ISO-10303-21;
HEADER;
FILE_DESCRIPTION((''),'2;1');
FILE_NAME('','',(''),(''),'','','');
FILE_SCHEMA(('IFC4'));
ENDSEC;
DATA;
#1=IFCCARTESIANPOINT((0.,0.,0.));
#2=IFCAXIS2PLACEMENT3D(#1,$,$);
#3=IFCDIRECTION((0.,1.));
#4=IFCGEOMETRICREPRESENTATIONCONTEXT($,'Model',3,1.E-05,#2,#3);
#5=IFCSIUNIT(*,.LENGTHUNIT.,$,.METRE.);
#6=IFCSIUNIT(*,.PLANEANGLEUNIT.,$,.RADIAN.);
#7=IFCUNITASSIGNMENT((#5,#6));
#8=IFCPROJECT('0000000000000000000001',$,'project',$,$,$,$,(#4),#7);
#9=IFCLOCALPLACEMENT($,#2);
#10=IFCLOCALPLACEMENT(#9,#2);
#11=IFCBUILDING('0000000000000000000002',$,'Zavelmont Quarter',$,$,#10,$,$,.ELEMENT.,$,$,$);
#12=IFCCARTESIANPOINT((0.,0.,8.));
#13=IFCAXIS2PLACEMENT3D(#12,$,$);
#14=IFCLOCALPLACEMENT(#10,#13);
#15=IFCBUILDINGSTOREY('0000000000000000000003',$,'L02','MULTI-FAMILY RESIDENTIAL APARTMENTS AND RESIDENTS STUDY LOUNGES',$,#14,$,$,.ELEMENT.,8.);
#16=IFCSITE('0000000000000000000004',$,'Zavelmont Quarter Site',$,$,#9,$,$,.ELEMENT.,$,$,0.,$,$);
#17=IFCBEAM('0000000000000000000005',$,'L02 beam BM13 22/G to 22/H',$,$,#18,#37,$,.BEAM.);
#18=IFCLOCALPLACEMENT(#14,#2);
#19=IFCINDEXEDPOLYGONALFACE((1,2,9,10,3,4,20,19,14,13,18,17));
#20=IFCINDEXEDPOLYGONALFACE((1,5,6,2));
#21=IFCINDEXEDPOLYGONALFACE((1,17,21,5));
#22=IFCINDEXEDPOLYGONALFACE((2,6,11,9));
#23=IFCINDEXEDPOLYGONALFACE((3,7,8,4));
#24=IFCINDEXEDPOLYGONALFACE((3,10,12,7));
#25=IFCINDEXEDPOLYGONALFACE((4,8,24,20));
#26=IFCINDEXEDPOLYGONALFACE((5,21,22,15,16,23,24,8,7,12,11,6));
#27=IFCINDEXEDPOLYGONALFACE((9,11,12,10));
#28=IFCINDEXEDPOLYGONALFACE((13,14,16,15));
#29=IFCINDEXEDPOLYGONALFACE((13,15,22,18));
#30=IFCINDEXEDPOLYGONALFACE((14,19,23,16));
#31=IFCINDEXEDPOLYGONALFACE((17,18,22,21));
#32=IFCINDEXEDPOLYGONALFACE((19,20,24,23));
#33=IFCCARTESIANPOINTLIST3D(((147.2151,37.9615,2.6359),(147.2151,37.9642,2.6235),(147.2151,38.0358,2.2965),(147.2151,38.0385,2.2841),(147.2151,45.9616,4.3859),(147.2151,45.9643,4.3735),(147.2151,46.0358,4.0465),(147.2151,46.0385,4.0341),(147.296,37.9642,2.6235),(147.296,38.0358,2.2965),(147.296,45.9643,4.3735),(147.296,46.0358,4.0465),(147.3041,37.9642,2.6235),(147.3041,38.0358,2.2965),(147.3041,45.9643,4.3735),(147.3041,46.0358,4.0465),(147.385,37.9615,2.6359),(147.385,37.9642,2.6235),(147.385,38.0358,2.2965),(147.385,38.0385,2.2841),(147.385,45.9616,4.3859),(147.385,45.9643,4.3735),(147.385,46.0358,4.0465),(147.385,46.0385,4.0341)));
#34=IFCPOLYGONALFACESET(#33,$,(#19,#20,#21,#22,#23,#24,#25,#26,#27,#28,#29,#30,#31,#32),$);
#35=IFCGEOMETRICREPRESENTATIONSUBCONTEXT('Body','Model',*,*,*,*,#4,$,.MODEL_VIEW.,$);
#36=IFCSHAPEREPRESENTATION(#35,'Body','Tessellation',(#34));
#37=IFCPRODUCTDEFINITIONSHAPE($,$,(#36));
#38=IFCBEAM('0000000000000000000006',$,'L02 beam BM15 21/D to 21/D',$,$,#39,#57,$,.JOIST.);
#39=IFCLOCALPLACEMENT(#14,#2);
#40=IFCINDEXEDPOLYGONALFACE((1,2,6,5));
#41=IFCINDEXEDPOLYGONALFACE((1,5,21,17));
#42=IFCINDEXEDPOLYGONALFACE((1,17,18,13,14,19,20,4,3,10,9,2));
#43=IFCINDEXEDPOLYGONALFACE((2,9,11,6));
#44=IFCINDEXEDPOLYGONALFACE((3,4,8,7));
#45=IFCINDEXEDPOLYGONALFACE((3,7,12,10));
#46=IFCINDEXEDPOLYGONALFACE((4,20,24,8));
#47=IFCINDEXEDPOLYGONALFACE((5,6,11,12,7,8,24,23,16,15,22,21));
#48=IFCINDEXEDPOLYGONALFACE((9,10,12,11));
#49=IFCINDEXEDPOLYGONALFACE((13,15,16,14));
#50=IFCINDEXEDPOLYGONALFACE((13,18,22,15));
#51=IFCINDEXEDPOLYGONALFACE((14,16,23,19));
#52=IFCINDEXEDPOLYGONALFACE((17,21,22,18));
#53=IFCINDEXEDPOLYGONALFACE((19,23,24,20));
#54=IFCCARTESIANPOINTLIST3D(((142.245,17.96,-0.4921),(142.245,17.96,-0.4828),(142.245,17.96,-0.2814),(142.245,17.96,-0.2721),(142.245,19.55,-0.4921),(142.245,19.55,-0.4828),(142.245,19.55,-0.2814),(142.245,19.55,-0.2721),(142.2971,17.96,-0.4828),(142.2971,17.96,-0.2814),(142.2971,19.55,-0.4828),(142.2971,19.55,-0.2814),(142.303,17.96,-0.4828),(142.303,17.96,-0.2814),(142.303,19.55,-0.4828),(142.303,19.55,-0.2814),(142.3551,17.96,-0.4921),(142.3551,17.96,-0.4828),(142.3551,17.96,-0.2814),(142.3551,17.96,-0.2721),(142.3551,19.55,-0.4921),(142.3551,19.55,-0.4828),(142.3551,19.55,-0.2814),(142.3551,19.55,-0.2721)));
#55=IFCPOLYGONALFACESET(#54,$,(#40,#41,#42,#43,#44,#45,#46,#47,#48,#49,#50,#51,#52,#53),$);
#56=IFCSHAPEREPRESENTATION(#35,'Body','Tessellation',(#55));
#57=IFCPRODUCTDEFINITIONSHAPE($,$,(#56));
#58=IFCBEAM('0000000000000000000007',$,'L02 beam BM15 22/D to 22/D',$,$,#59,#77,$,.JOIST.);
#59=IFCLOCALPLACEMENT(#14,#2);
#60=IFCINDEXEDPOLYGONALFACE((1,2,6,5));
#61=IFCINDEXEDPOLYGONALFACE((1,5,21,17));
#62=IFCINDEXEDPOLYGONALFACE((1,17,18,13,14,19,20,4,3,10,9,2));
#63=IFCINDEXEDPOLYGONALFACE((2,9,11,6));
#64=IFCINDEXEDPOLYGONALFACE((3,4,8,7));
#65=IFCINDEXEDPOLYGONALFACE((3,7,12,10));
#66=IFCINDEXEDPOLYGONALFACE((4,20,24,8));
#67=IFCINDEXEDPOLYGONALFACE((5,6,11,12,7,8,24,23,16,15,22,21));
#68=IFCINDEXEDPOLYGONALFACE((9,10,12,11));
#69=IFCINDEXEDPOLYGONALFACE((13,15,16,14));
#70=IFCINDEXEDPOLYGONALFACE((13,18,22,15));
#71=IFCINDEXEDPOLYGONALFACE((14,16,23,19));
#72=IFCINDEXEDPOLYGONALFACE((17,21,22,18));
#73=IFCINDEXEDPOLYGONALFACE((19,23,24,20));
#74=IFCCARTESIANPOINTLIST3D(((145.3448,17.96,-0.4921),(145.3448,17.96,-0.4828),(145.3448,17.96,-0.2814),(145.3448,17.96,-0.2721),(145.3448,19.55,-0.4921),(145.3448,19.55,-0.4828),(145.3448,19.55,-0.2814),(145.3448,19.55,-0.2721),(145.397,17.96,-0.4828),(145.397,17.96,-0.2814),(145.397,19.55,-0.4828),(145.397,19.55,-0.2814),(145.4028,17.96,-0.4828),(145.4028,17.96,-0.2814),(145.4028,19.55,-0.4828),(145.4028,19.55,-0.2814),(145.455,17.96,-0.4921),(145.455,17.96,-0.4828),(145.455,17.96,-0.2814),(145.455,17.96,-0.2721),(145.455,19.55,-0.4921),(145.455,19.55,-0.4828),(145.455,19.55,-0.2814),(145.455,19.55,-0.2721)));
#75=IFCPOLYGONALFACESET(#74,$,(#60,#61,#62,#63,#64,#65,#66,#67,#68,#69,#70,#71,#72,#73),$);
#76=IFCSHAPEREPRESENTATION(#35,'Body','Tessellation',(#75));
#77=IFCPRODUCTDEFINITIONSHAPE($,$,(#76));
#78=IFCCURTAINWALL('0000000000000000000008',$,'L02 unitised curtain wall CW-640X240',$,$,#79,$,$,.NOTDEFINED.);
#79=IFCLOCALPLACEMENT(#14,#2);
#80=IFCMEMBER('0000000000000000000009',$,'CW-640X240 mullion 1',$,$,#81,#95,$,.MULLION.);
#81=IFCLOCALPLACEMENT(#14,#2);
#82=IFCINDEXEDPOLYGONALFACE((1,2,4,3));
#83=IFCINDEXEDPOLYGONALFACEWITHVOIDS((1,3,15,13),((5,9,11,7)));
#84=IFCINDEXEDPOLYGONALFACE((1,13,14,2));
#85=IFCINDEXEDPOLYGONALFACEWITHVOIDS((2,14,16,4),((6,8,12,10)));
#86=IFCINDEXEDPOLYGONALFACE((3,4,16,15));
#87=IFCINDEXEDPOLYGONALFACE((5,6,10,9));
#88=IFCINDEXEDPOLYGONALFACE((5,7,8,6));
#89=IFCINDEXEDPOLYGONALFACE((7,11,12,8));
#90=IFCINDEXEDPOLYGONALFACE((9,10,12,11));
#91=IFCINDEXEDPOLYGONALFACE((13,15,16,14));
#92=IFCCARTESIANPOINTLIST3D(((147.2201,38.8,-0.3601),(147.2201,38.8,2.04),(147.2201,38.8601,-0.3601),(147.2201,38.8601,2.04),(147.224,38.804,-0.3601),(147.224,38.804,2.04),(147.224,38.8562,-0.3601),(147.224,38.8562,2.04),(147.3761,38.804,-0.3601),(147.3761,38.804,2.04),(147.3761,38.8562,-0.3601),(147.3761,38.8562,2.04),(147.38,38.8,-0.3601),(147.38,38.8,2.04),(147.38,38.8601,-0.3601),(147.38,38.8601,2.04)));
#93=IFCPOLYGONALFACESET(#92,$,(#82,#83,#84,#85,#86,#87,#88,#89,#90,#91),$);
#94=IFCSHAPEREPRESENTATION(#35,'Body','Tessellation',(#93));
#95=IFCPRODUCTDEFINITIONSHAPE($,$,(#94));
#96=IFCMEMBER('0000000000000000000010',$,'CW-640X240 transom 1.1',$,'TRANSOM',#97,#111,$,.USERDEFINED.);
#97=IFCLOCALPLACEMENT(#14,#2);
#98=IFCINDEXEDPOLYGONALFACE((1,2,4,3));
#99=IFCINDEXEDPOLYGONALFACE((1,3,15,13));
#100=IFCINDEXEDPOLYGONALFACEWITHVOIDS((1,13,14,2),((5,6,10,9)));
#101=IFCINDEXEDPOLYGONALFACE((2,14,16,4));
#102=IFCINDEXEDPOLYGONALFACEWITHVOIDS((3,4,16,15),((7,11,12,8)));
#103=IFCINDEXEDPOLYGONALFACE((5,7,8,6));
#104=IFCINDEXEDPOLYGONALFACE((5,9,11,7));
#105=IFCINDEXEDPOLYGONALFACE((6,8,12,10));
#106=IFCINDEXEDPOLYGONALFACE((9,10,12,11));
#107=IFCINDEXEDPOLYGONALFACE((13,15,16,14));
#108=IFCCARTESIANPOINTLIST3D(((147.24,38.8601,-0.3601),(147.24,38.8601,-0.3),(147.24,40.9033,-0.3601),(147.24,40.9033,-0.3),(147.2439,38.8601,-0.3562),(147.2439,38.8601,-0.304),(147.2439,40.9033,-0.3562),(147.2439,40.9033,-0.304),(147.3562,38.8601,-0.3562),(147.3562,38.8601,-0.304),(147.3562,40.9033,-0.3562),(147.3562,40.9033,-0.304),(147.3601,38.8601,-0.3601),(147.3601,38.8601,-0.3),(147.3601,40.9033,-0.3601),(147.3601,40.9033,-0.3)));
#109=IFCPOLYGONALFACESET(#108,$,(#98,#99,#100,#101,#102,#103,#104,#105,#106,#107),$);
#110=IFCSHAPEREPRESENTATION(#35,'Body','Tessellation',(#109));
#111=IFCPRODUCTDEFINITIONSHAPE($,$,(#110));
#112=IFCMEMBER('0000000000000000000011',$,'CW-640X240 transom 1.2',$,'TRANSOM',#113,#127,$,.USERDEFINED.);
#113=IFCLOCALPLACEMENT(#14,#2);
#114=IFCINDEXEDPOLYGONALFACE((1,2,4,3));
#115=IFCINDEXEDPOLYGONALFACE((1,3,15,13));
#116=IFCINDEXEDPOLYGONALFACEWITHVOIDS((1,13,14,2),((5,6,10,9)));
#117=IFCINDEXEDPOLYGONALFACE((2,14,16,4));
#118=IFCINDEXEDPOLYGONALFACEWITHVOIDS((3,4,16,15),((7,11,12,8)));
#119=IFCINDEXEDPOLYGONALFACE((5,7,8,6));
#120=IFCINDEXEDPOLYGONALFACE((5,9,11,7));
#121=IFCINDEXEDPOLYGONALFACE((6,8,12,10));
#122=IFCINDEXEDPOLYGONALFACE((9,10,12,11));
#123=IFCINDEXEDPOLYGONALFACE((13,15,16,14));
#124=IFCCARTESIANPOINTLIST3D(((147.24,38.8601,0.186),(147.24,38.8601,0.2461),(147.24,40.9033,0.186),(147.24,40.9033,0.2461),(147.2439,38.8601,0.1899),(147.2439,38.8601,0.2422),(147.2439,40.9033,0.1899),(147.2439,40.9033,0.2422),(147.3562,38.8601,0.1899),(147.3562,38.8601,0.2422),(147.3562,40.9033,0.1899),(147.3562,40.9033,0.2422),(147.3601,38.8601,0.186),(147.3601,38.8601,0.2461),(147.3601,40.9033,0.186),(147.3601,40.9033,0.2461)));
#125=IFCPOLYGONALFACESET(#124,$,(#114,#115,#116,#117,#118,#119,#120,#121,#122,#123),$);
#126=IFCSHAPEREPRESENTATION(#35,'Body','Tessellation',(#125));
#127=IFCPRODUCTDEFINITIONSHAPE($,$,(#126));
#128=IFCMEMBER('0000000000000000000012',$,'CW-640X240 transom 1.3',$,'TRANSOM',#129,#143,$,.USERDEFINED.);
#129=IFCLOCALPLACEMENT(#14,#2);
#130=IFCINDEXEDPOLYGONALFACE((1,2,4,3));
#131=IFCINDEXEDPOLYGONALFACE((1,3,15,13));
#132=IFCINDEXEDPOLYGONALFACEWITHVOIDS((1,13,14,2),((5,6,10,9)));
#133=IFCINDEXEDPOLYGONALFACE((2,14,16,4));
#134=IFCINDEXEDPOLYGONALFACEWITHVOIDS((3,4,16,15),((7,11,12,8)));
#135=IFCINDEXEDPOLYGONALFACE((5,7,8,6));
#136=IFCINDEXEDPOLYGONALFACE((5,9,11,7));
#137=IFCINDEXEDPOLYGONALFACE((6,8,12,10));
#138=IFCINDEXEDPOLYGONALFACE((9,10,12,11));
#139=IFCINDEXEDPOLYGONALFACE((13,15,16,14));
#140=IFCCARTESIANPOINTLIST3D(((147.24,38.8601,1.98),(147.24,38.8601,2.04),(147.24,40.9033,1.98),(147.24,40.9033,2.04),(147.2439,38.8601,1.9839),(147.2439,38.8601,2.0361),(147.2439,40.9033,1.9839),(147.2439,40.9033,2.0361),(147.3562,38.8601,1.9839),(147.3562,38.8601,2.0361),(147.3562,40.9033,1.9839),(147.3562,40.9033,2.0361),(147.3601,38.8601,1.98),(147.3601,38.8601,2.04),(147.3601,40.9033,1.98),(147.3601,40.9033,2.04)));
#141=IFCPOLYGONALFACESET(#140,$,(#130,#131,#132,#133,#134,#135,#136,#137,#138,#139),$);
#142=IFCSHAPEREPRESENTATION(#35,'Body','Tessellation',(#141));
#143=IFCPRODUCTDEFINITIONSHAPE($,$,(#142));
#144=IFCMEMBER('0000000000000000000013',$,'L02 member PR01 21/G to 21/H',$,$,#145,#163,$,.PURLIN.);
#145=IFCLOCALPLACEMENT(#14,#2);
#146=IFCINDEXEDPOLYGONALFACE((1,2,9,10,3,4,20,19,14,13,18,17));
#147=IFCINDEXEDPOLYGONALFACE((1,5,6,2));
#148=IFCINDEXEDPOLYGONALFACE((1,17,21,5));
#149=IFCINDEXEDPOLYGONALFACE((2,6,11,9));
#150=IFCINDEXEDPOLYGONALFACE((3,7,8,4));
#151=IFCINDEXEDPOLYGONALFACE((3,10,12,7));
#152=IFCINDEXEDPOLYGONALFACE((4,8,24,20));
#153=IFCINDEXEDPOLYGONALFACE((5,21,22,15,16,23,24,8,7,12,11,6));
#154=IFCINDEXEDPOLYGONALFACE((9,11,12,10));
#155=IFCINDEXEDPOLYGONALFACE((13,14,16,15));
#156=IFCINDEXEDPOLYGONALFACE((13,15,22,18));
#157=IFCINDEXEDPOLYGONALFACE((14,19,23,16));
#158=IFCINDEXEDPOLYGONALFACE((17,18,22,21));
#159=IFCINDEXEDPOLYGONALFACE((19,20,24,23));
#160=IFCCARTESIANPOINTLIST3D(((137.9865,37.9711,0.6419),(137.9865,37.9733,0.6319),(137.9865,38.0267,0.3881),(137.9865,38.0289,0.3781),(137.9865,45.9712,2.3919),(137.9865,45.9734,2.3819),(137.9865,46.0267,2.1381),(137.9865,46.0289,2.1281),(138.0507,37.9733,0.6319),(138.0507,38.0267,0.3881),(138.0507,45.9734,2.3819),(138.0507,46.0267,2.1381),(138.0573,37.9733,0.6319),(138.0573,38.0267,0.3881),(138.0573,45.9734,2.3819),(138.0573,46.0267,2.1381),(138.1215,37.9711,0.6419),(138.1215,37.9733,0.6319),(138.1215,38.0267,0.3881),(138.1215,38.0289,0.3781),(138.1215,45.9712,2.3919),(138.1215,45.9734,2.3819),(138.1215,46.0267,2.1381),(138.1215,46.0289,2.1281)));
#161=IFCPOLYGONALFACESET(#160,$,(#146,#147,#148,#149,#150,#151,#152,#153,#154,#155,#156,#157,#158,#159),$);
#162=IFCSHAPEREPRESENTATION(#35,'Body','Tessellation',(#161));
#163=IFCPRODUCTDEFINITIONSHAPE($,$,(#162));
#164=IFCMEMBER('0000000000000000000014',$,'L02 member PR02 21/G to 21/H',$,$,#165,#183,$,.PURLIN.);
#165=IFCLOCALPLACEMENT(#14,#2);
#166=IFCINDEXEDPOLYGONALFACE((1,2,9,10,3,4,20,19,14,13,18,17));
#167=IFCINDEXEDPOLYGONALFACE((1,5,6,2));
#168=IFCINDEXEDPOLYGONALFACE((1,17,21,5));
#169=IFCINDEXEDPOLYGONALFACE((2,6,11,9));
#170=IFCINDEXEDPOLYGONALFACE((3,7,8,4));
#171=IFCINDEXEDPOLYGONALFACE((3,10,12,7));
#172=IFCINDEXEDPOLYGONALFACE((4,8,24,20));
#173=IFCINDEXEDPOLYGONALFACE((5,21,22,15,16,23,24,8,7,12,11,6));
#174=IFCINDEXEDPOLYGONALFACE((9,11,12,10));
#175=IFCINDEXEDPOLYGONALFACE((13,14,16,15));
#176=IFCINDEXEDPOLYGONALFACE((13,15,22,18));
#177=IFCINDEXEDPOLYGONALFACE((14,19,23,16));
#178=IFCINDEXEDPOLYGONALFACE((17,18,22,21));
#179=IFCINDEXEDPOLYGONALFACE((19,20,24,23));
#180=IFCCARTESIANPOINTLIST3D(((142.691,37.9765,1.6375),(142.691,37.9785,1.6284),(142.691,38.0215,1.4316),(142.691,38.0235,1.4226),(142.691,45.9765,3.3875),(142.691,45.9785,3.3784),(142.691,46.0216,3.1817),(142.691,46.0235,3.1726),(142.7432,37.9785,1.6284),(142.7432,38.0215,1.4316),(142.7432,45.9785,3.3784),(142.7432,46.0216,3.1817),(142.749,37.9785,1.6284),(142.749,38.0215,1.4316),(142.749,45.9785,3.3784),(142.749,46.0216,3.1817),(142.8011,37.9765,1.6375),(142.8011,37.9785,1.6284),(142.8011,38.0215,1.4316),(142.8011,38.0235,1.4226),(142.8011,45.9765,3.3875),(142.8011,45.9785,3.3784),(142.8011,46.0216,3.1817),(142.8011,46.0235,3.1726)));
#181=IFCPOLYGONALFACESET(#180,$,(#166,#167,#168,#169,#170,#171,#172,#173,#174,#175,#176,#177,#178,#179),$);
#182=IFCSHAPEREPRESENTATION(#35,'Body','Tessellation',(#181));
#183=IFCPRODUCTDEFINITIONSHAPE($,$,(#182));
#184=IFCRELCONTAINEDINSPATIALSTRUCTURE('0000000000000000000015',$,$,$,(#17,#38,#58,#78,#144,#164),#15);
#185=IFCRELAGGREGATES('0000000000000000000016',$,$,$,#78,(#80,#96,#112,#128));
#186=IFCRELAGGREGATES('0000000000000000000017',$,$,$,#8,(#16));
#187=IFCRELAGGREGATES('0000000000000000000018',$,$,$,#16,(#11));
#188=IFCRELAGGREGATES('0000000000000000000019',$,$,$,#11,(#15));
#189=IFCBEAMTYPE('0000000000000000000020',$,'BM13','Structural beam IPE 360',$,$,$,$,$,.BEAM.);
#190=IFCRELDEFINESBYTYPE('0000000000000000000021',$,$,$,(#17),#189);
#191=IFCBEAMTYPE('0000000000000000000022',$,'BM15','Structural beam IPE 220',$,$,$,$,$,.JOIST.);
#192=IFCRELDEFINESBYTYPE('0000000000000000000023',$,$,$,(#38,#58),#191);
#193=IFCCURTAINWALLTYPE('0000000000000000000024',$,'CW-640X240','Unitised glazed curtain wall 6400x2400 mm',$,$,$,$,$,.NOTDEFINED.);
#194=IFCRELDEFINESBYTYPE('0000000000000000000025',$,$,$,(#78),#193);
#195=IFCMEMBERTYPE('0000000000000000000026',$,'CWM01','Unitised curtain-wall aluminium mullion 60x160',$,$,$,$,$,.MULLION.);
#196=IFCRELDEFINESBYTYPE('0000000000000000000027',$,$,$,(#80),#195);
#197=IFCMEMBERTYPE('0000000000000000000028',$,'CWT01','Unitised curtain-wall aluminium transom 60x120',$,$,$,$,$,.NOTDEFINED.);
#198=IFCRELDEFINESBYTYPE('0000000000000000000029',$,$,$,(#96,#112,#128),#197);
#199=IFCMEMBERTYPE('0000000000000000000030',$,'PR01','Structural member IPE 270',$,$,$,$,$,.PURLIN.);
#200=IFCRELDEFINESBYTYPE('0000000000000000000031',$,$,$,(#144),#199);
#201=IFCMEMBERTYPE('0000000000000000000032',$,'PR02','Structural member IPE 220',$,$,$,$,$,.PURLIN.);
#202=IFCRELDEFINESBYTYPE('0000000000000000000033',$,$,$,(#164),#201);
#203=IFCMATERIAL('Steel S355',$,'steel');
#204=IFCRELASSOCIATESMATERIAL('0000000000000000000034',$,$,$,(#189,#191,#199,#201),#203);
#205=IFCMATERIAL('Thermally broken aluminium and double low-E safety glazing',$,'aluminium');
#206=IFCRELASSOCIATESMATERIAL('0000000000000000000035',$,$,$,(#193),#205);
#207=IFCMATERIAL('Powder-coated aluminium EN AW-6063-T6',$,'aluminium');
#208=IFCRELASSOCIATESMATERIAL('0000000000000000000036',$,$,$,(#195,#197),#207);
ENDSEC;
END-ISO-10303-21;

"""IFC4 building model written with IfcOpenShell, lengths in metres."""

from ifc_helpers import new_model, si_unit, direction, frame, origin, origin_2d, place, context, subcontext, project, spatial, hollow_rectangle, i_section, extrude, material, material_profile, profile_set, type_object, element, aggregate, save


model = new_model("IFC4")

# Units and contexts
model_context = context("Model", 3, precision=1e-05, world=origin(), true_north=direction((0.0, 1.0)))
body_context = subcontext(model_context, "Body", "Model", "MODEL_VIEW")
ifc_project = project(units=[si_unit("LENGTHUNIT", "METRE"), si_unit("PLANEANGLEUNIT", "RADIAN")], contexts=[model_context])

# Site, building, storey
site_placement = place(None, origin())
site = spatial("IfcSite", under=ifc_project, at=site_placement, Name="Zavelmont Quarter Site", CompositionType="ELEMENT", RefElevation=0.0)
building_placement = place(site_placement, origin())
building = spatial("IfcBuilding", under=site, at=building_placement, Name="Zavelmont Quarter", CompositionType="ELEMENT")
storey_placement = place(building_placement, frame((0.0, 0.0, 8.0)))
storey = spatial("IfcBuildingStorey", under=building, at=storey_placement, Name="L02", Description="MULTI-FAMILY RESIDENTIAL APARTMENTS AND RESIDENTS STUDY LOUNGES", CompositionType="ELEMENT", Elevation=8.0)

# Shared definitions
ifc_material_1 = material(Name="Steel S355", Category="steel")

# Beams
ifc_material_profile_1 = material_profile(ifc_material_1, i_section(OverallWidth=0.1699, OverallDepth=0.3601, WebThickness=0.0081, FlangeThickness=0.0127, at=origin_2d()), Name="IPE 360")
ifc_profile_set_1 = profile_set([ifc_material_profile_1], Name="Steel S355")
beam_type_1 = type_object("IfcBeamType", Name="BM13", Description="Structural beam IPE 360", PredefinedType="BEAM", material=ifc_profile_set_1)
for number, where, z_axis, x_axis, name in (
    (1, (147.3, 38.0, 2.46), (0.0, 0.9769, 0.213697), (-1.0, 0.0, 0.0), "L02 beam BM13 22/G to 22/H"),
):
    element("IfcBeam", number, at=place(storey_placement, frame(where, z_axis=z_axis, x_axis=x_axis)), inside=storey, type_object=beam_type_1, Name=name, PredefinedType="BEAM", context=body_context, shape_type="SweptSolid", body=[
        extrude(i_section(OverallWidth=0.1699, OverallDepth=0.3601, WebThickness=0.0081, FlangeThickness=0.0127, at=origin_2d()), origin(), (0.0, 0.0, 1.0), 8.1892),
    ])
ifc_material_profile_2 = material_profile(ifc_material_1, i_section(OverallWidth=0.1101, OverallDepth=0.22, WebThickness=0.0059, FlangeThickness=0.0093, at=origin_2d()), Name="IPE 220")
ifc_profile_set_2 = profile_set([ifc_material_profile_2], Name="Steel S355")
beam_type_2 = type_object("IfcBeamType", Name="BM15", Description="Structural beam IPE 220", PredefinedType="JOIST", material=ifc_profile_set_2)
for number, where, z_axis, x_axis, name in (
    (2, (142.3, 17.96, -0.3821), (0.0, 1.0, 0.0), (-1.0, 0.0, 0.0), "L02 beam BM15 21/D to 21/D"),
    (3, (145.3999, 17.96, -0.3821), (0.0, 1.0, 0.0), (-1.0, 0.0, 0.0), "L02 beam BM15 22/D to 22/D"),
):
    element("IfcBeam", number, at=place(storey_placement, frame(where, z_axis=z_axis, x_axis=x_axis)), inside=storey, type_object=beam_type_2, Name=name, PredefinedType="JOIST", context=body_context, shape_type="SweptSolid", body=[
        extrude(i_section(OverallWidth=0.1101, OverallDepth=0.22, WebThickness=0.0059, FlangeThickness=0.0093, at=origin_2d()), origin(), (0.0, 0.0, 1.0), 1.5901),
    ])

# Curtain wall, members
ifc_material_2 = material(Name="Thermally broken aluminium and double low-E safety glazing", Category="aluminium")
curtain_wall_type = type_object("IfcCurtainWallType", Name="CW-640X240", Description="Unitised glazed curtain wall 6400x2400 mm", PredefinedType="NOTDEFINED", material=ifc_material_2)
curtain_wall_placement = place(storey_placement, origin())
curtain_wall = element("IfcCurtainWall", 4, at=curtain_wall_placement, inside=storey, type_object=curtain_wall_type, Name="L02 unitised curtain wall CW-640X240", PredefinedType="NOTDEFINED")
ifc_material_3 = material(Name="Powder-coated aluminium EN AW-6063-T6", Category="aluminium")
ifc_material_profile_3 = material_profile(ifc_material_3, hollow_rectangle(XDim=0.0601, YDim=0.1599, WallThickness=0.0039, at=origin_2d()), Name="CWM60X160")
ifc_profile_set_3 = profile_set([ifc_material_profile_3], Name="Powder-coated aluminium EN AW-6063-T6")
member_type_1 = type_object("IfcMemberType", Name="CWM01", Description="Unitised curtain-wall aluminium mullion 60x160", PredefinedType="MULLION", material=ifc_profile_set_3)
member_1_placement = place(storey_placement, frame((147.3, 38.8301, -0.3601), z_axis=(0.0, 0.0, 1.0), x_axis=(0.0, 1.0, 0.0)))
member_1 = element("IfcMember", 5, at=member_1_placement, type_object=member_type_1, Name="CW-640X240 mullion 1", PredefinedType="MULLION", context=body_context, shape_type="SweptSolid", body=[
    extrude(hollow_rectangle(XDim=0.0601, YDim=0.1599, WallThickness=0.0039, at=origin_2d()), origin(), (0.0, 0.0, 1.0), 2.4001),
])
ifc_material_profile_4 = material_profile(ifc_material_3, hollow_rectangle(XDim=0.1201, YDim=0.0601, WallThickness=0.0039, at=origin_2d()), Name="CWT60X120")
ifc_profile_set_4 = profile_set([ifc_material_profile_4], Name="Powder-coated aluminium EN AW-6063-T6")
member_type_2 = type_object("IfcMemberType", Name="CWT01", Description="Unitised curtain-wall aluminium transom 60x120", PredefinedType="NOTDEFINED", material=ifc_profile_set_4)
member_2_placement = place(storey_placement, frame((147.3, 38.8601, -0.3301), z_axis=(0.0, 1.0, 0.0), x_axis=(-1.0, 0.0, 0.0)))
member_2 = element("IfcMember", 6, at=member_2_placement, type_object=member_type_2, Name="CW-640X240 transom 1.1", ObjectType="TRANSOM", PredefinedType="USERDEFINED", context=body_context, shape_type="SweptSolid", body=[
    extrude(hollow_rectangle(XDim=0.1201, YDim=0.0601, WallThickness=0.0039, at=origin_2d()), origin(), (0.0, 0.0, 1.0), 2.0432),
])
member_3_placement = place(storey_placement, frame((147.3, 38.8601, 0.2161), z_axis=(0.0, 1.0, 0.0), x_axis=(-1.0, 0.0, 0.0)))
member_3 = element("IfcMember", 7, at=member_3_placement, type_object=member_type_2, Name="CW-640X240 transom 1.2", ObjectType="TRANSOM", PredefinedType="USERDEFINED", context=body_context, shape_type="SweptSolid", body=[
    extrude(hollow_rectangle(XDim=0.1201, YDim=0.0601, WallThickness=0.0039, at=origin_2d()), origin(), (0.0, 0.0, 1.0), 2.0432),
])
member_4_placement = place(storey_placement, frame((147.3, 38.8601, 2.01), z_axis=(0.0, 1.0, 0.0), x_axis=(-1.0, 0.0, 0.0)))
member_4 = element("IfcMember", 8, at=member_4_placement, type_object=member_type_2, Name="CW-640X240 transom 1.3", ObjectType="TRANSOM", PredefinedType="USERDEFINED", context=body_context, shape_type="SweptSolid", body=[
    extrude(hollow_rectangle(XDim=0.1201, YDim=0.0601, WallThickness=0.0039, at=origin_2d()), origin(), (0.0, 0.0, 1.0), 2.0432),
])
aggregate(curtain_wall, [member_1, member_2, member_3, member_4])

# Members
ifc_material_profile_5 = material_profile(ifc_material_1, i_section(OverallWidth=0.135, OverallDepth=0.27, WebThickness=0.0066, FlangeThickness=0.0103, at=origin_2d()), Name="IPE 270")
ifc_profile_set_5 = profile_set([ifc_material_profile_5], Name="Steel S355")
member_type_3 = type_object("IfcMemberType", Name="PR01", Description="Structural member IPE 270", PredefinedType="PURLIN", material=ifc_profile_set_5)
member_5_placement = place(storey_placement, frame((138.054, 38.0, 0.51), z_axis=(0.0, 0.9769, 0.213697), x_axis=(-1.0, 0.0, 0.0)))
element("IfcMember", 9, at=member_5_placement, inside=storey, type_object=member_type_3, Name="L02 member PR01 21/G to 21/H", PredefinedType="PURLIN", context=body_context, shape_type="SweptSolid", body=[
    extrude(i_section(OverallWidth=0.135, OverallDepth=0.27, WebThickness=0.0066, FlangeThickness=0.0103, at=origin_2d()), origin(), (0.0, 0.0, 1.0), 8.1892),
])
ifc_material_profile_6 = material_profile(ifc_material_1, i_section(OverallWidth=0.1101, OverallDepth=0.22, WebThickness=0.0059, FlangeThickness=0.0093, at=origin_2d()), Name="IPE 220")
ifc_profile_set_6 = profile_set([ifc_material_profile_6], Name="Steel S355")
member_type_4 = type_object("IfcMemberType", Name="PR02", Description="Structural member IPE 220", PredefinedType="PURLIN", material=ifc_profile_set_6)
member_6_placement = place(storey_placement, frame((142.7461, 38.0, 1.53), z_axis=(0.0, 0.9769, 0.213697), x_axis=(-1.0, 0.0, 0.0)))
element("IfcMember", 10, at=member_6_placement, inside=storey, type_object=member_type_4, Name="L02 member PR02 21/G to 21/H", PredefinedType="PURLIN", context=body_context, shape_type="SweptSolid", body=[
    extrude(i_section(OverallWidth=0.1101, OverallDepth=0.22, WebThickness=0.0059, FlangeThickness=0.0093, at=origin_2d()), origin(), (0.0, 0.0, 1.0), 8.1892),
])

save(model, "model.ifc")
